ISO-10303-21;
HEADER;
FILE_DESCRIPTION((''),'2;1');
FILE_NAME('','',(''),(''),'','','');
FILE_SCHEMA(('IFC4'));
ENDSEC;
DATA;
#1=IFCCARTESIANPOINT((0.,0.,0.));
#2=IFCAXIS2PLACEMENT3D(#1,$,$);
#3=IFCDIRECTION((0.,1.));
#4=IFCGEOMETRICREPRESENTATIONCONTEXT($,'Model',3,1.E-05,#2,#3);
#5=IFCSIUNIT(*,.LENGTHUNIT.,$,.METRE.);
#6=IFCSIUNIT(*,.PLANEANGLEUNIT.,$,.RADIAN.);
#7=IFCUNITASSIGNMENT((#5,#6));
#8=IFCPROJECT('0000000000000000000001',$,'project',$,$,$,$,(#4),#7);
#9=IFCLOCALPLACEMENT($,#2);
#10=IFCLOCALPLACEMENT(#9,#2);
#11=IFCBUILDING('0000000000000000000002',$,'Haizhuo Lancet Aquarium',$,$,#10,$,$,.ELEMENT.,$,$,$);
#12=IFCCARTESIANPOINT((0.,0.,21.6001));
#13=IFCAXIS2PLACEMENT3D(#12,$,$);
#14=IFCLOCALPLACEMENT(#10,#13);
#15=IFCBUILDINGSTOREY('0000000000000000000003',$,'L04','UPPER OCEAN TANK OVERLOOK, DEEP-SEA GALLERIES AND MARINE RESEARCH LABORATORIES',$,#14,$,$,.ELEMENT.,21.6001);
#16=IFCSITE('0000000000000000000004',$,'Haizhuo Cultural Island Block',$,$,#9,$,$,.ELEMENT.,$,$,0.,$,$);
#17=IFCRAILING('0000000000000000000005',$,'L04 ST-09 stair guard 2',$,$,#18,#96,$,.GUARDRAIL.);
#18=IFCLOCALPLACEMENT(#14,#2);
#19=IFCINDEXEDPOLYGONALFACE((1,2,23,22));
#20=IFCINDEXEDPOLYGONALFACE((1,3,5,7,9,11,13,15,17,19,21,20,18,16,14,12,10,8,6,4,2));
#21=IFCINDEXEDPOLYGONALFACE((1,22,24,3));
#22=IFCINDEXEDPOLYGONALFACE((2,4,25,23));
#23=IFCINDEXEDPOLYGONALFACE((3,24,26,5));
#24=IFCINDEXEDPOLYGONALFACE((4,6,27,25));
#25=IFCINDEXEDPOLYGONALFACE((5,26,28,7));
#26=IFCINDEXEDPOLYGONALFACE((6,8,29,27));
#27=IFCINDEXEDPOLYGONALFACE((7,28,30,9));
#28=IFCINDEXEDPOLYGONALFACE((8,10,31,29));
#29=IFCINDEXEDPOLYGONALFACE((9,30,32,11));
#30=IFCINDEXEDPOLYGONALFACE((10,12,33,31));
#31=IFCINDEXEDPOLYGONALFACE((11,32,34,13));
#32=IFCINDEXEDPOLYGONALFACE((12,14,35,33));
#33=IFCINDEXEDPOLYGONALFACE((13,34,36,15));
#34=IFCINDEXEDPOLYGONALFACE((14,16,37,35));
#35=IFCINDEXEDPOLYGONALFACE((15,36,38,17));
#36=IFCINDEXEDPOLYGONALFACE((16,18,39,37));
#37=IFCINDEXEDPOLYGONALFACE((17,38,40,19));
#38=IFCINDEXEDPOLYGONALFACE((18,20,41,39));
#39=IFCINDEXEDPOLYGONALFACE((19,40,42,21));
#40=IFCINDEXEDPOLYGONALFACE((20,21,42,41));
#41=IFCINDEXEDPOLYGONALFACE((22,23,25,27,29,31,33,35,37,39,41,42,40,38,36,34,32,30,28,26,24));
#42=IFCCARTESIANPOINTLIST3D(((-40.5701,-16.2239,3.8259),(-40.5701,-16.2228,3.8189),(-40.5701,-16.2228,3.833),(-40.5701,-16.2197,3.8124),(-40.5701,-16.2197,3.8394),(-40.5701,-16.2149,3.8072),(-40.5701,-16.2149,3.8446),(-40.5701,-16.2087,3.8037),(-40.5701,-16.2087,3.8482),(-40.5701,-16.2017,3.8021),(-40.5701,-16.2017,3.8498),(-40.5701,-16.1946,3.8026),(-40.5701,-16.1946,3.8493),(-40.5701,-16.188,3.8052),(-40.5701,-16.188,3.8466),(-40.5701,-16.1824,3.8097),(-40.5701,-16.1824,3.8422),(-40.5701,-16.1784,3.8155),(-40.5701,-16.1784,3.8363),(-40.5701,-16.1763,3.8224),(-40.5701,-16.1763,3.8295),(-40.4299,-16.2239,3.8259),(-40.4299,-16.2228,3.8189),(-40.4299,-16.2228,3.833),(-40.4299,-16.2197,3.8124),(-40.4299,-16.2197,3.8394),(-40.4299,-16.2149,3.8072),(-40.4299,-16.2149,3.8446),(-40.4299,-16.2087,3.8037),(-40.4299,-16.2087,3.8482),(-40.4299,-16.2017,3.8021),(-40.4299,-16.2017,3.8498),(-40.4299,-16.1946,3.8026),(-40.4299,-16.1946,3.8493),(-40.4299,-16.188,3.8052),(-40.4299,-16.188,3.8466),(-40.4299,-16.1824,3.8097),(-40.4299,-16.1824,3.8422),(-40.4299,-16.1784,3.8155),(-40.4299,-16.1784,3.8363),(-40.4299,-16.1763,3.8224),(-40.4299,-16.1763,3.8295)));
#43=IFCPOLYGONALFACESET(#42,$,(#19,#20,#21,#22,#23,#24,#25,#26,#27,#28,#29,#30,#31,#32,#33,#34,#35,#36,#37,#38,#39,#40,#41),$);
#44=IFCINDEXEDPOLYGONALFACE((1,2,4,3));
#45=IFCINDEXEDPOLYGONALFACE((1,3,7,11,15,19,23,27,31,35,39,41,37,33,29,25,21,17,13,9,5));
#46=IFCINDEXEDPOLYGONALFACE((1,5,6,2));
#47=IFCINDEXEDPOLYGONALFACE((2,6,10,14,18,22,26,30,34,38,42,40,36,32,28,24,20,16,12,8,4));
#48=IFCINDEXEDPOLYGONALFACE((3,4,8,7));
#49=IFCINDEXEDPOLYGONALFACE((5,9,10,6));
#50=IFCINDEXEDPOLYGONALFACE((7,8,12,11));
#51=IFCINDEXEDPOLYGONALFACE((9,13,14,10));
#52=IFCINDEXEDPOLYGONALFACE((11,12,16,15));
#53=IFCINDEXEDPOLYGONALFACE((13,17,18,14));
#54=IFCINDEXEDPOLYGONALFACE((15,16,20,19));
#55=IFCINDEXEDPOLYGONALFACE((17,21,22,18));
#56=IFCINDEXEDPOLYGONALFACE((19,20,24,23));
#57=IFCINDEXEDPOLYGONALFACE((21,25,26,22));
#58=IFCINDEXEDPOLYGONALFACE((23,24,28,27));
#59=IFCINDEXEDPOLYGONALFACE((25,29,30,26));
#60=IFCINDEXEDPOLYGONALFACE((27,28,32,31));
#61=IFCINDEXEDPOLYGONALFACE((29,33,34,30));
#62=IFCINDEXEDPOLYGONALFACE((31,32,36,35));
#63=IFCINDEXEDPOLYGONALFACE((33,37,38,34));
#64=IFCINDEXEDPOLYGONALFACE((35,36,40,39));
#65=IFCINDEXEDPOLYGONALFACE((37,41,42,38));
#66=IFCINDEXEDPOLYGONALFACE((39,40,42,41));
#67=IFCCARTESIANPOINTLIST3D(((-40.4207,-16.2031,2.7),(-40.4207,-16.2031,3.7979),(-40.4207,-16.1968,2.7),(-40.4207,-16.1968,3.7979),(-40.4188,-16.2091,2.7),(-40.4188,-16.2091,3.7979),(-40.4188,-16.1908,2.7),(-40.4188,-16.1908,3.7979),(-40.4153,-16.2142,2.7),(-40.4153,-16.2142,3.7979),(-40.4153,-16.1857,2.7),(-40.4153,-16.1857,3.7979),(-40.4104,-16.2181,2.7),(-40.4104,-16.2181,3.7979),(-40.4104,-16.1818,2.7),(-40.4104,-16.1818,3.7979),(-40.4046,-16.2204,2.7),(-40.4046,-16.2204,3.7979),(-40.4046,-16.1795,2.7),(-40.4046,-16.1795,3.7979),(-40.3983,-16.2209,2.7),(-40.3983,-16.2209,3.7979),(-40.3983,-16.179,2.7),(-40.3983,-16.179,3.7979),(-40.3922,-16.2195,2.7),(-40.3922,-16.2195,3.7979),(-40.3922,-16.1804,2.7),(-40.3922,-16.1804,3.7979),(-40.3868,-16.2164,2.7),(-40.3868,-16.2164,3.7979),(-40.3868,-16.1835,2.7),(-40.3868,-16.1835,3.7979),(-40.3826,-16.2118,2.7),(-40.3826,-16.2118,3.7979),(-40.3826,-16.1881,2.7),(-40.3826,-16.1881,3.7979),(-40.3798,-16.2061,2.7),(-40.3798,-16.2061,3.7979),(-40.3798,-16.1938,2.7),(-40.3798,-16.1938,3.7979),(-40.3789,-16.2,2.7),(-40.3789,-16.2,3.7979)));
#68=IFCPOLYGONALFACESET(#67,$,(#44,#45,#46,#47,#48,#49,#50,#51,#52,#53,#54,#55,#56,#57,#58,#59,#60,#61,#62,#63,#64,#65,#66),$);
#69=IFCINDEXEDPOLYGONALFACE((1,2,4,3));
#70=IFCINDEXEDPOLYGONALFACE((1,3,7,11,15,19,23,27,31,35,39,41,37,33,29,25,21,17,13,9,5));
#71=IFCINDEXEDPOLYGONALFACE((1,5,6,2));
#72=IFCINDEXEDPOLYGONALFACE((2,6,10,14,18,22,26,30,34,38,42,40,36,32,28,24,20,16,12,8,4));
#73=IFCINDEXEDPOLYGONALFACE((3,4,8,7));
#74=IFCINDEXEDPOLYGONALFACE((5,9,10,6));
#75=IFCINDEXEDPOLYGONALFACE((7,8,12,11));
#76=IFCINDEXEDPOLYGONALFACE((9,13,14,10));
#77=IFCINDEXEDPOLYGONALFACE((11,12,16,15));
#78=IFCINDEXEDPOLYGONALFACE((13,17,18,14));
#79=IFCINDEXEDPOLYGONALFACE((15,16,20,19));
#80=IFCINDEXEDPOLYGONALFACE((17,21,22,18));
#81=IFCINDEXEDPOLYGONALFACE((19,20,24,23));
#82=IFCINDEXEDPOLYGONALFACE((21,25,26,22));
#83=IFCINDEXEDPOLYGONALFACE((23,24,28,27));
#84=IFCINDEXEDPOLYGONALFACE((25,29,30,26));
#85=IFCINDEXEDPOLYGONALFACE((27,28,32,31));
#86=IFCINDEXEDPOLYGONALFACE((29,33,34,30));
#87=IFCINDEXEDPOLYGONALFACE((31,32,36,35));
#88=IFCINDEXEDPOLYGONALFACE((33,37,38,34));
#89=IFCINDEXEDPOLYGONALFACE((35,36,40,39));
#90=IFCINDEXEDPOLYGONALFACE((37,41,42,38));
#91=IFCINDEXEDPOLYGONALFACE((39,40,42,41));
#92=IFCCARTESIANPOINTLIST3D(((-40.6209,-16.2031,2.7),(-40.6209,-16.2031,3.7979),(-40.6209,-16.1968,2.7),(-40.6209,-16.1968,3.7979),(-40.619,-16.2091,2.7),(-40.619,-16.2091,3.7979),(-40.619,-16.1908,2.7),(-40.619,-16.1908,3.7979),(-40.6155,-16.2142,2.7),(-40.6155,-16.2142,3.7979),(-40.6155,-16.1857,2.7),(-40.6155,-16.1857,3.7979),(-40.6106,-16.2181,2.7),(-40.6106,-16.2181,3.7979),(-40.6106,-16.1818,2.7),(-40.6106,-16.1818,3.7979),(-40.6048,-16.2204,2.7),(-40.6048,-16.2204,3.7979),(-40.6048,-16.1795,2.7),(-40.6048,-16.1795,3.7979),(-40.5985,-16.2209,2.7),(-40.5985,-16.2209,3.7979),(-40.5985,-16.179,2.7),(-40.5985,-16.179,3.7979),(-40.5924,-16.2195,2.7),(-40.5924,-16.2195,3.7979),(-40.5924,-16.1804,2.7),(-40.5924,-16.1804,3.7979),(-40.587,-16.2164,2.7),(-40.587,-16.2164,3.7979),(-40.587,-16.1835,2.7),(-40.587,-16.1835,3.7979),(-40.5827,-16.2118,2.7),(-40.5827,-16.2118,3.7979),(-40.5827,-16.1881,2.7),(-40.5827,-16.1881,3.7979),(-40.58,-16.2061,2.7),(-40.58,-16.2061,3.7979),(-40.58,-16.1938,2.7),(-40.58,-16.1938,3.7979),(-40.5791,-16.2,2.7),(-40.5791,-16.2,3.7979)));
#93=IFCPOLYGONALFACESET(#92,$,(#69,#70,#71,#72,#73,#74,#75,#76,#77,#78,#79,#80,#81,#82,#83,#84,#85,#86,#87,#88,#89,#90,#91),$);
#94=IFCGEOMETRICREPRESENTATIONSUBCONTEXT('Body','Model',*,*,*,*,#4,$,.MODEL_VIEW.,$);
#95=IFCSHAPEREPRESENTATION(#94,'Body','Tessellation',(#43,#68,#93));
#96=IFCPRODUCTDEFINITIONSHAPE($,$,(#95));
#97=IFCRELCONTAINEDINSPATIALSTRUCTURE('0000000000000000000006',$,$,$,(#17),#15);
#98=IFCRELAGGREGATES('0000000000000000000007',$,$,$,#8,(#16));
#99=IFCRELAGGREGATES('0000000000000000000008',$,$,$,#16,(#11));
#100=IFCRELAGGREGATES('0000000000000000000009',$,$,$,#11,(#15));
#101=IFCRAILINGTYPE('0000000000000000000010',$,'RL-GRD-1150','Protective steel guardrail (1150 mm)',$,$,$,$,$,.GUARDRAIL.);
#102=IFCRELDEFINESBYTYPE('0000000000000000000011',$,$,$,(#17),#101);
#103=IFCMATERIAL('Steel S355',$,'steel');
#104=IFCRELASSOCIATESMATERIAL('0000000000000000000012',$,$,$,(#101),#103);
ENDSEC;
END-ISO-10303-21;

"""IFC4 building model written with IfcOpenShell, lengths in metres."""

from ifc_helpers import new_model, si_unit, direction, frame, origin, origin_2d, place, context, subcontext, project, spatial, circle, extrude, material, type_object, element, save


model = new_model("IFC4")

# Units and contexts
model_context = context("Model", 3, precision=1e-05, world=origin(), true_north=direction((0.0, 1.0)))
body_context = subcontext(model_context, "Body", "Model", "MODEL_VIEW")
ifc_project = project(units=[si_unit("LENGTHUNIT", "METRE"), si_unit("PLANEANGLEUNIT", "RADIAN")], contexts=[model_context])

# Site, building, storey
site_placement = place(None, origin())
site = spatial("IfcSite", under=ifc_project, at=site_placement, Name="Haizhuo Cultural Island Block", CompositionType="ELEMENT", RefElevation=0.0)
building_placement = place(site_placement, origin())
building = spatial("IfcBuilding", under=site, at=building_placement, Name="Haizhuo Lancet Aquarium", CompositionType="ELEMENT")
storey_placement = place(building_placement, frame((0.0, 0.0, 21.6001)))
storey = spatial("IfcBuildingStorey", under=building, at=storey_placement, Name="L04", Description="UPPER OCEAN TANK OVERLOOK, DEEP-SEA GALLERIES AND MARINE RESEARCH LABORATORIES", CompositionType="ELEMENT", Elevation=21.6001)

# Shared definitions
ifc_material_1 = material(Name="Steel S355", Category="steel")

# Railing
railing_type_1 = type_object("IfcRailingType", Name="RL-GRD-1150", Description="Protective steel guardrail (1150 mm)", PredefinedType="GUARDRAIL", material=ifc_material_1)
railing_1_placement = place(storey_placement, frame((-40.3999, -16.2, 2.7)))
element("IfcRailing", 1, at=railing_1_placement, inside=storey, type_object=railing_type_1, Name="L04 ST-09 stair guard 2", PredefinedType="GUARDRAIL", context=body_context, shape_type="SweptSolid", body=[
    extrude(circle(Radius=0.0239, at=origin_2d()), frame((-0.03, 0.0, 1.126), z_axis=(-1.0, 0.0, 0.0), x_axis=(0.0, -1.0, 0.0)), (0.0, 0.0, 1.0), 0.1401),
    extrude(circle(Radius=0.021, at=origin_2d()), origin(), (0.0, 0.0, 1.0), 1.0979),
    extrude(circle(Radius=0.021, at=origin_2d()), frame((-0.2002, 0.0, 0.0)), (0.0, 0.0, 1.0), 1.0979),
])

save(model, "model.ifc")
